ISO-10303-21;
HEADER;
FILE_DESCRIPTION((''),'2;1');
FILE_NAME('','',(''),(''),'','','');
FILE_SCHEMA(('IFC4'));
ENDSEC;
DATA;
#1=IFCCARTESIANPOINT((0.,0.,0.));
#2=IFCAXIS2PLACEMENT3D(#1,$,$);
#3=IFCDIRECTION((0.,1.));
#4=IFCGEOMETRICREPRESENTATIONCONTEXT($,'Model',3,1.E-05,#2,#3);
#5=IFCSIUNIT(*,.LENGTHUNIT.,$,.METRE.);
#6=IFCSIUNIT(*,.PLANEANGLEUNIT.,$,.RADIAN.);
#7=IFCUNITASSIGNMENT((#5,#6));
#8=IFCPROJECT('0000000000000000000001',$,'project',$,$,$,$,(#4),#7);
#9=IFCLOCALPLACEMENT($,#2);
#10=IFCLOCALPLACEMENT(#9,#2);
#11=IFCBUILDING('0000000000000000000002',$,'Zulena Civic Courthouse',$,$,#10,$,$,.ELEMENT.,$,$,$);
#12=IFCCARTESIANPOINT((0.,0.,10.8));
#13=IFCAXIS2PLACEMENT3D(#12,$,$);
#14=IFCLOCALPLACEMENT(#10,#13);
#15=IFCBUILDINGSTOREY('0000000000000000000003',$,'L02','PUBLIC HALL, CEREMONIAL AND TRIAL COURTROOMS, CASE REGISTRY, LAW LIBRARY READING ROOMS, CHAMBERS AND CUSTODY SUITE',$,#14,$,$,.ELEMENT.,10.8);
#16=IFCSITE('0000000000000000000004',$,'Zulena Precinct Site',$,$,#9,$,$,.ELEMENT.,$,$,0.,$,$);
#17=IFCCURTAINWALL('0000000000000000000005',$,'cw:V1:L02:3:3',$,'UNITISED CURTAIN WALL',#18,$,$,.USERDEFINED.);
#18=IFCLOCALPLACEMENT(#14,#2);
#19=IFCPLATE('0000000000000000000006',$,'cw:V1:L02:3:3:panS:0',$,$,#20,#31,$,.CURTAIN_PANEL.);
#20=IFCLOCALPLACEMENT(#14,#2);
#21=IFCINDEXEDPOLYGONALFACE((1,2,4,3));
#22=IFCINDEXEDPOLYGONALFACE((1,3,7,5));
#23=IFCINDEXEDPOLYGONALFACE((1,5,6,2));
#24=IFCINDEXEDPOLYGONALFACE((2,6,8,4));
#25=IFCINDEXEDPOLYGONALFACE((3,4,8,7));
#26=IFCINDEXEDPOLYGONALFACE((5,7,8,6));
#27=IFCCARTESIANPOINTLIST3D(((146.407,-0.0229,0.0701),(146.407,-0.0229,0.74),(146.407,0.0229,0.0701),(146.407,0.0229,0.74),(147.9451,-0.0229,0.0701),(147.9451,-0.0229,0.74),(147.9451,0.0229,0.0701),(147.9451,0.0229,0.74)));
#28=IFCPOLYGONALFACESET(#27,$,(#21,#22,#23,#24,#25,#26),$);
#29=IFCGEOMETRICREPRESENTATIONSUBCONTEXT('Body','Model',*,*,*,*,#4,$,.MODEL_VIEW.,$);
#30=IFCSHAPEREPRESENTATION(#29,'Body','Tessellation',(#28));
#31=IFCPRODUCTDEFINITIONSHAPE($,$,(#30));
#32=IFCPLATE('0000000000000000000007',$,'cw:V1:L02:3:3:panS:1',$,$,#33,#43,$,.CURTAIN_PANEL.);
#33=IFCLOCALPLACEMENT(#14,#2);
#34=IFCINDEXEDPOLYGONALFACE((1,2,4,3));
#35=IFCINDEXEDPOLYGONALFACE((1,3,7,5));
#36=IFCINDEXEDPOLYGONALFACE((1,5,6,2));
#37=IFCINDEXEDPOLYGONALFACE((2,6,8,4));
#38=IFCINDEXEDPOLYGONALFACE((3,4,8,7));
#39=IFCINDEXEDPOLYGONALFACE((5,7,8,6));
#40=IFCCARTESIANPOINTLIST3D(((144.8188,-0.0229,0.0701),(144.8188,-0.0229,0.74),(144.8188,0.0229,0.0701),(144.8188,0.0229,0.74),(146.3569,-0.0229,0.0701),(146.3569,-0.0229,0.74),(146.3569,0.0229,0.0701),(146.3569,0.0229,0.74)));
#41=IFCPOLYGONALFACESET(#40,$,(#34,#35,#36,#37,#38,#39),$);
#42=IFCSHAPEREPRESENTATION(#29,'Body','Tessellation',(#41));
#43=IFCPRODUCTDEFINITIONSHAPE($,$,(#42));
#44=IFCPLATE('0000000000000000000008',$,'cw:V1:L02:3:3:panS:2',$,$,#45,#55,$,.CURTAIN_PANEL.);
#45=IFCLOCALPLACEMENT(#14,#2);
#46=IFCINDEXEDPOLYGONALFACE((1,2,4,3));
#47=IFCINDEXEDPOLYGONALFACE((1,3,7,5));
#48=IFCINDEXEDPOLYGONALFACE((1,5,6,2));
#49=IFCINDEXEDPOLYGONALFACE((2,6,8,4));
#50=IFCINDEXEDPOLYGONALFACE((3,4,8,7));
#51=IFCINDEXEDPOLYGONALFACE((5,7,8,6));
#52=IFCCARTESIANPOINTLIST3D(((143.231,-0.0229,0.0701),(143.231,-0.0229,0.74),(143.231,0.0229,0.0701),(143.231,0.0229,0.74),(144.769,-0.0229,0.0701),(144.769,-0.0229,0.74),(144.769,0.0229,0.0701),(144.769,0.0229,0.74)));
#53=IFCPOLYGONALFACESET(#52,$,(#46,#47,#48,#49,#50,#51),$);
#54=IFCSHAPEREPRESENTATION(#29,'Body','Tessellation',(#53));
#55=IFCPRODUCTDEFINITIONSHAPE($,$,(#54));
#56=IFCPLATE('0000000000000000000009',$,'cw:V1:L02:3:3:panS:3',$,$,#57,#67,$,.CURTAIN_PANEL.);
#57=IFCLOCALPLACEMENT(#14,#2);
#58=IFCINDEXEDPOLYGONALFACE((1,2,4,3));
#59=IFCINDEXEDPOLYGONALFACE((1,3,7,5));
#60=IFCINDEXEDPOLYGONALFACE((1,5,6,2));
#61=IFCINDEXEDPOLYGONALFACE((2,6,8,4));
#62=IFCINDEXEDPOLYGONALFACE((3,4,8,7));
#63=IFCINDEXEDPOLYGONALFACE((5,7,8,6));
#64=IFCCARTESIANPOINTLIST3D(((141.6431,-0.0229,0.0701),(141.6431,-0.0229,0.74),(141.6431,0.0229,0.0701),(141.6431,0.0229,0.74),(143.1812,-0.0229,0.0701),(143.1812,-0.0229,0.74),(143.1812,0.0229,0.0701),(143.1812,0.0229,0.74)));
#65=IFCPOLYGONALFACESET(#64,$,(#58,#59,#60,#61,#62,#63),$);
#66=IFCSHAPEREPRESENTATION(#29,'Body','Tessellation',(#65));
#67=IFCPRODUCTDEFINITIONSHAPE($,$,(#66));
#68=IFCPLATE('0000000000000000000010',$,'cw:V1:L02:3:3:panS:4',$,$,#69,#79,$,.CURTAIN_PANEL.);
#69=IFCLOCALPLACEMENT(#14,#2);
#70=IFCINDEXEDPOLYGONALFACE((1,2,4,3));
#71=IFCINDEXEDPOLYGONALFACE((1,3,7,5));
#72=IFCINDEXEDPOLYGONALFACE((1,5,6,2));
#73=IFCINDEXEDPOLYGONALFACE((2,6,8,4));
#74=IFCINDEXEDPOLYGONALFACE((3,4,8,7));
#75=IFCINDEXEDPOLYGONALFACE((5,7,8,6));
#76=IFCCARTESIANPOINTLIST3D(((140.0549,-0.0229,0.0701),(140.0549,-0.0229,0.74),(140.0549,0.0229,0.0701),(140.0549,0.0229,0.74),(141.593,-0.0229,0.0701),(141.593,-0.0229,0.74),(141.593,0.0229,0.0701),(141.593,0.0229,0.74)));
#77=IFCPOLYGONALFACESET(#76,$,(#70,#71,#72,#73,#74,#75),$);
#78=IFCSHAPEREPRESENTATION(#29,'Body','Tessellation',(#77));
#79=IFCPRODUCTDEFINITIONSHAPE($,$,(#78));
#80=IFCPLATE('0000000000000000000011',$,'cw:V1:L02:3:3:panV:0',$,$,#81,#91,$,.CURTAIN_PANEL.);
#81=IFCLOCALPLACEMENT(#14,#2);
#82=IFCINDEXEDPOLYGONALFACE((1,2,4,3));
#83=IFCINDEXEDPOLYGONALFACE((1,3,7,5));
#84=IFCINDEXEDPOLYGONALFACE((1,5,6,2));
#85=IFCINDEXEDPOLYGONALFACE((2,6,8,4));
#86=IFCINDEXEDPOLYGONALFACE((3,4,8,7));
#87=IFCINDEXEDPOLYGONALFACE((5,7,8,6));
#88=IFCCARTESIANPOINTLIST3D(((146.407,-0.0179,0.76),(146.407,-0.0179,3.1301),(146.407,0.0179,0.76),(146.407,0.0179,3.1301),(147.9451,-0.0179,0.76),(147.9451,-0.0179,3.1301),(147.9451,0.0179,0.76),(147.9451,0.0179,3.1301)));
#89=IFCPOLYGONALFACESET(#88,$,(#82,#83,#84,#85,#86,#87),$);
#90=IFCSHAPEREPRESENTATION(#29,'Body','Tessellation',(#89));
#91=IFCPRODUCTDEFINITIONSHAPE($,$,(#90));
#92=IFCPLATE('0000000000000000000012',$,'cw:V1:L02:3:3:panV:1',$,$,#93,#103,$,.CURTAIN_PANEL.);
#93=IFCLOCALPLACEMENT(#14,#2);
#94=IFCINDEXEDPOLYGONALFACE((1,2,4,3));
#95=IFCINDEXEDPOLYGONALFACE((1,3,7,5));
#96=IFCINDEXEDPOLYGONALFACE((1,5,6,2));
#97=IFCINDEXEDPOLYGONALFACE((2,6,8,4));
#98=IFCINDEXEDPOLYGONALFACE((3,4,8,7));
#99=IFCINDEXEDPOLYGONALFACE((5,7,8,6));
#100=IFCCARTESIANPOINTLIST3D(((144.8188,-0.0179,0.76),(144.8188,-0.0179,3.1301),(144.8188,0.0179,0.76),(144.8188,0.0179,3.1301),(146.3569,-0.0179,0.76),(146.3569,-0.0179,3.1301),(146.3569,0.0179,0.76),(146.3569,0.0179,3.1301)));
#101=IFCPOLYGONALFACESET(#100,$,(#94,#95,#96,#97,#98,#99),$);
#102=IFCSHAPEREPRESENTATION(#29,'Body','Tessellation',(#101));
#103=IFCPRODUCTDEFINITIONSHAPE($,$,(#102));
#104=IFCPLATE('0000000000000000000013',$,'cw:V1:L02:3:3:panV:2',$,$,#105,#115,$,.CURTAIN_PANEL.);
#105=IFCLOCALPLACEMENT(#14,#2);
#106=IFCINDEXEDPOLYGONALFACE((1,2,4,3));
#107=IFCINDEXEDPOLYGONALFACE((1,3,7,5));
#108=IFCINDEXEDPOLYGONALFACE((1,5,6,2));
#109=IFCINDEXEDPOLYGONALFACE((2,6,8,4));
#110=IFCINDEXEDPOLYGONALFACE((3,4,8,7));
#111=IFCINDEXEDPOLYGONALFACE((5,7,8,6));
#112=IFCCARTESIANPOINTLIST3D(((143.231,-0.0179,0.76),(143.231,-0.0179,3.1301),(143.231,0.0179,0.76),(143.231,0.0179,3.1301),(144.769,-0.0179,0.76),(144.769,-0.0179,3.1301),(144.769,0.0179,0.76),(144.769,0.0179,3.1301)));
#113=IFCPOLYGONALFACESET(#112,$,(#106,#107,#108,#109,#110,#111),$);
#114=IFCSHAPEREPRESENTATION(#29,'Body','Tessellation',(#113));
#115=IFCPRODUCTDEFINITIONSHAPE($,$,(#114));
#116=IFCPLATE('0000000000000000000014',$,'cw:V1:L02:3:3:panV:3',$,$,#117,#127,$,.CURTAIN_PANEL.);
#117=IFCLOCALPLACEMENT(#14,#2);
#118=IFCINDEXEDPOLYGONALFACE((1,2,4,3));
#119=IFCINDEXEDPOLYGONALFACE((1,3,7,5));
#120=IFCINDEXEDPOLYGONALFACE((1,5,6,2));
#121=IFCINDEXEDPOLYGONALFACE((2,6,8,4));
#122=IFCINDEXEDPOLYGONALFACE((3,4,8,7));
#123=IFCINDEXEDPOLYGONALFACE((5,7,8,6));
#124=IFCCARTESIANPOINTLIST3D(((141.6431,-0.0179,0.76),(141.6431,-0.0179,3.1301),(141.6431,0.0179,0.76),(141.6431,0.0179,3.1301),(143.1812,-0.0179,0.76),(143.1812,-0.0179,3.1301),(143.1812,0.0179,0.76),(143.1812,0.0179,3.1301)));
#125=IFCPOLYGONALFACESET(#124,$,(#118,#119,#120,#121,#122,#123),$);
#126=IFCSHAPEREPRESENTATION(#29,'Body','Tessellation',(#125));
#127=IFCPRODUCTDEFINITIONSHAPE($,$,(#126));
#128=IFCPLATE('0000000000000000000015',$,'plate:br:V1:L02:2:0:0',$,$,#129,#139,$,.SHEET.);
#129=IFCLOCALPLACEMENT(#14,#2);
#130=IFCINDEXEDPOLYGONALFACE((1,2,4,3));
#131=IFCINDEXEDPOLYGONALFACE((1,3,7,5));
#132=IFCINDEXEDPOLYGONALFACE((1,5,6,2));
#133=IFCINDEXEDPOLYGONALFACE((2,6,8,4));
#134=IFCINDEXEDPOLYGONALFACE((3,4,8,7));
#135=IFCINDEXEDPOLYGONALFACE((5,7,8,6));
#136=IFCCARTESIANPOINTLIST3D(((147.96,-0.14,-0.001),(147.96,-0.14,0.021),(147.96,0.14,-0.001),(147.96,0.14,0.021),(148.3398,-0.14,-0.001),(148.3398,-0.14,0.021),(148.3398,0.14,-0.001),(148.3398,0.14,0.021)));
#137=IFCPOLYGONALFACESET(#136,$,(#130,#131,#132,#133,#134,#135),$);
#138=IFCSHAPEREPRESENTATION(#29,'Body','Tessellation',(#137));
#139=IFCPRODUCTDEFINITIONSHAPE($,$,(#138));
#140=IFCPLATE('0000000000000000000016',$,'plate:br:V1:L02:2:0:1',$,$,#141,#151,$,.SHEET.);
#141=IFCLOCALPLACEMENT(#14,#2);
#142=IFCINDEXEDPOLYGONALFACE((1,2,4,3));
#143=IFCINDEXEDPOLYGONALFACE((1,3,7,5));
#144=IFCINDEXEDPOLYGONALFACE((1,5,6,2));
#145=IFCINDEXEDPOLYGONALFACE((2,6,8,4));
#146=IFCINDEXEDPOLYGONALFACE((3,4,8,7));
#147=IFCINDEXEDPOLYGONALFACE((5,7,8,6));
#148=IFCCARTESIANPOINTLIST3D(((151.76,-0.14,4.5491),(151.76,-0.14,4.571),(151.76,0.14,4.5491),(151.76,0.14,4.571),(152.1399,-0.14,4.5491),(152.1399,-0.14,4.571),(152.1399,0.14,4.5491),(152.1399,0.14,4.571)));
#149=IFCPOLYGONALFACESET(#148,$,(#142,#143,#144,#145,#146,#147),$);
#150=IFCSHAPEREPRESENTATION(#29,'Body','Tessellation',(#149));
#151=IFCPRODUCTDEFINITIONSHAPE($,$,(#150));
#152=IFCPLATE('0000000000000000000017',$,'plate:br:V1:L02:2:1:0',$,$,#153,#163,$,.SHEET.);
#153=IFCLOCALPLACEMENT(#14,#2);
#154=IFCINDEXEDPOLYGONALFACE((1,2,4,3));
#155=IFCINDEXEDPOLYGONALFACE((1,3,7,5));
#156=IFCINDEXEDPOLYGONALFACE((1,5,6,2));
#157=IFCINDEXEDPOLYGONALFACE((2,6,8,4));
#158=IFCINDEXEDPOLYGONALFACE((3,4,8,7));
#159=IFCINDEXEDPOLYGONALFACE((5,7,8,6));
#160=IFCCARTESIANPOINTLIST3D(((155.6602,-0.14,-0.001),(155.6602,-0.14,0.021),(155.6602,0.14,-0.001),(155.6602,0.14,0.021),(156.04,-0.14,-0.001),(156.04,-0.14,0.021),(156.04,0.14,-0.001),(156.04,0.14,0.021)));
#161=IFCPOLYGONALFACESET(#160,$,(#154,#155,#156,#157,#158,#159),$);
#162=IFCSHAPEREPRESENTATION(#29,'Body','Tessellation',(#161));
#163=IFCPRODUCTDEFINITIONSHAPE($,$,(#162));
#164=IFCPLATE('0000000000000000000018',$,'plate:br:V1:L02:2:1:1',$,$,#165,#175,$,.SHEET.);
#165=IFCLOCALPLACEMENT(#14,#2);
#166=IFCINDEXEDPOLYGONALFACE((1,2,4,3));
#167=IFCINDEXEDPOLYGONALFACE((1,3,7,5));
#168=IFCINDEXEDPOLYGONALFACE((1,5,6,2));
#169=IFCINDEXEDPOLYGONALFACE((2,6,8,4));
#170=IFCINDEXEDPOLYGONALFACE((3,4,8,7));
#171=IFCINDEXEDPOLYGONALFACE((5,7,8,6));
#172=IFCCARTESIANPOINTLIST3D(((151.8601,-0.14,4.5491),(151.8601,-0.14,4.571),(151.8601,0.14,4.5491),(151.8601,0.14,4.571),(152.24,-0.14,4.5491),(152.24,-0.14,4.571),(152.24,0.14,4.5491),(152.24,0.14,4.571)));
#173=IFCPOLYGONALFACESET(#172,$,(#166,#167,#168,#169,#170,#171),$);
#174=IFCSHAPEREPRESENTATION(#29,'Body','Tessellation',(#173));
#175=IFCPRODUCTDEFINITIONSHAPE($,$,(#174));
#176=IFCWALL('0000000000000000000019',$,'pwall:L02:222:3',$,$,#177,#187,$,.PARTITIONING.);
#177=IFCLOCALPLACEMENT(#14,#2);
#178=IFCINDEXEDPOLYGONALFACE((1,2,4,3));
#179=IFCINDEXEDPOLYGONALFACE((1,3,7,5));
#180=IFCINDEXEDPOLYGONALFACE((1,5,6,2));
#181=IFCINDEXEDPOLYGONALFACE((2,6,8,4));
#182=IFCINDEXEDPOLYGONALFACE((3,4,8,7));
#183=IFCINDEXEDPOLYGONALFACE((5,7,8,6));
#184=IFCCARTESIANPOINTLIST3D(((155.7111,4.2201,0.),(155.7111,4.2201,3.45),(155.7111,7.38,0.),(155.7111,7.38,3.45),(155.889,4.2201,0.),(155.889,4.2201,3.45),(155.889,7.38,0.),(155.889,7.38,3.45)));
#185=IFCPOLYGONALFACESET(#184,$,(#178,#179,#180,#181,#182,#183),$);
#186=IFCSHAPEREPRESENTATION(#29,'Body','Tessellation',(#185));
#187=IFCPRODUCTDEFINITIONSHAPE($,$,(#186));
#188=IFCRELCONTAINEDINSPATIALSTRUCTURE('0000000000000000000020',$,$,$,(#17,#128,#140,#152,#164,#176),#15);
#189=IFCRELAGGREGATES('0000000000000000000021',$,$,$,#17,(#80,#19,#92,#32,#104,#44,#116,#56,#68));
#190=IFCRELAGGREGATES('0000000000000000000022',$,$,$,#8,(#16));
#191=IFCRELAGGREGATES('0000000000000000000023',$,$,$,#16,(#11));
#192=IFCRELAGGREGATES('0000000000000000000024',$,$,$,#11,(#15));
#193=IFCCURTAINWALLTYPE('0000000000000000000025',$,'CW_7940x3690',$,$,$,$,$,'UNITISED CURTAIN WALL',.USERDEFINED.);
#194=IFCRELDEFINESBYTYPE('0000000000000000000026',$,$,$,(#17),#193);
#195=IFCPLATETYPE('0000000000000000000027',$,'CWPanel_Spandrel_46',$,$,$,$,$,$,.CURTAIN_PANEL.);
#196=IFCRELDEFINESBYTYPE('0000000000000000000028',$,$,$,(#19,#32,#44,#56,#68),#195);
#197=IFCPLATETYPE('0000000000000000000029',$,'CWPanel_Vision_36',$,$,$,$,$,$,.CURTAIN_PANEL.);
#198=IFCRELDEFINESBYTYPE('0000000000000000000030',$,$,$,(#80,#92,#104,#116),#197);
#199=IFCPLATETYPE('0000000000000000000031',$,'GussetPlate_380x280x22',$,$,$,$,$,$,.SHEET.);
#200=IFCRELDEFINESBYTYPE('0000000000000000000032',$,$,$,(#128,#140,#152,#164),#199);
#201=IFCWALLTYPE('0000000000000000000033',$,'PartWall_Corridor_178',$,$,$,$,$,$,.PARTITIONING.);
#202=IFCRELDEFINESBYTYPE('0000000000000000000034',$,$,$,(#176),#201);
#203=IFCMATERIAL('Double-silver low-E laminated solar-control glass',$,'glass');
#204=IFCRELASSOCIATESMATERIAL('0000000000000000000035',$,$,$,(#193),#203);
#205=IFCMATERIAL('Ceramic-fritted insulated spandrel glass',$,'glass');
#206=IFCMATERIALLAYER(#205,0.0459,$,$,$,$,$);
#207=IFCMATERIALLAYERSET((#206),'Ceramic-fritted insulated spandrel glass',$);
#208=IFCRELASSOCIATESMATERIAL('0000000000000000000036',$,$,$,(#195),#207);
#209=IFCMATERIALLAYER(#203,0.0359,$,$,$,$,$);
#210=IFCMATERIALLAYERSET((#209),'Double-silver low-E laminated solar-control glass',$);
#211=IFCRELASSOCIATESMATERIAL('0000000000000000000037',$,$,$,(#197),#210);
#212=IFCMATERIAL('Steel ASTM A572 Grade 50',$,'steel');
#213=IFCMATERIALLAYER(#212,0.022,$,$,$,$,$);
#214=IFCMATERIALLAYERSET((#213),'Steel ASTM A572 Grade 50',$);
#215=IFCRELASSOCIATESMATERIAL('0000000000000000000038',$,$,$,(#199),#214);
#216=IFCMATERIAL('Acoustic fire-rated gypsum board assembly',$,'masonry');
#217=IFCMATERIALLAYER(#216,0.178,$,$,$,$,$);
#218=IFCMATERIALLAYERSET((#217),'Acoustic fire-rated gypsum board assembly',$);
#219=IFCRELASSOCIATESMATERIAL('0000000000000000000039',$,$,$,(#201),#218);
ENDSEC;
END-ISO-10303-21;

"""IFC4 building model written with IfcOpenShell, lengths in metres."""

from ifc_helpers import new_model, si_unit, direction, frame, frame_2d, origin, origin_2d, place, context, subcontext, project, spatial, rectangle, extrude, material, layer, layer_set, type_object, element, aggregate, save


model = new_model("IFC4")

# Units and contexts
model_context = context("Model", 3, precision=1e-05, world=origin(), true_north=direction((0.0, 1.0)))
body_context = subcontext(model_context, "Body", "Model", "MODEL_VIEW")
ifc_project = project(units=[si_unit("LENGTHUNIT", "METRE"), si_unit("PLANEANGLEUNIT", "RADIAN")], contexts=[model_context])

# Site, building, storey
site_placement = place(None, origin())
site = spatial("IfcSite", under=ifc_project, at=site_placement, Name="Zulena Precinct Site", CompositionType="ELEMENT", RefElevation=0.0)
building_placement = place(site_placement, origin())
building = spatial("IfcBuilding", under=site, at=building_placement, Name="Zulena Civic Courthouse", CompositionType="ELEMENT")
storey_placement = place(building_placement, frame((0.0, 0.0, 10.8)))
storey = spatial("IfcBuildingStorey", under=building, at=storey_placement, Name="L02", Description="PUBLIC HALL, CEREMONIAL AND TRIAL COURTROOMS, CASE REGISTRY, LAW LIBRARY READING ROOMS, CHAMBERS AND CUSTODY SUITE", CompositionType="ELEMENT", Elevation=10.8)

# Curtain wall
ifc_material_1 = material(Name="Double-silver low-E laminated solar-control glass", Category="glass")
curtain_wall_type = type_object("IfcCurtainWallType", Name="CW_7940x3690", ElementType="UNITISED CURTAIN WALL", PredefinedType="USERDEFINED", material=ifc_material_1)
curtain_wall_placement = place(storey_placement, origin())
curtain_wall = element("IfcCurtainWall", 1, at=curtain_wall_placement, inside=storey, type_object=curtain_wall_type, Name="cw:V1:L02:3:3", ObjectType="UNITISED CURTAIN WALL", PredefinedType="USERDEFINED")

# Plates
ifc_material_2 = material(Name="Ceramic-fritted insulated spandrel glass", Category="glass")
ifc_layer_1 = layer(ifc_material_2, 0.0459)
ifc_layer_set_1 = layer_set([ifc_layer_1], Name="Ceramic-fritted insulated spandrel glass")
plate_type_1 = type_object("IfcPlateType", Name="CWPanel_Spandrel_46", PredefinedType="CURTAIN_PANEL", material=ifc_layer_set_1)
plate_1_placement = place(storey_placement, frame((147.176, 0.0, 0.0701), z_axis=(0.0, 0.0, 1.0), x_axis=(-1.0, 0.0, 0.0)))
plate_1 = element("IfcPlate", 2, at=plate_1_placement, type_object=plate_type_1, Name="cw:V1:L02:3:3:panS:0", PredefinedType="CURTAIN_PANEL", context=body_context, shape_type="SweptSolid", body=[
    extrude(rectangle(XDim=1.5381, YDim=0.0459, at=origin_2d()), origin(), (0.0, 0.0, 1.0), 0.6699),
])
plate_2_placement = place(storey_placement, frame((145.5879, 0.0, 0.0701), z_axis=(0.0, 0.0, 1.0), x_axis=(-1.0, 0.0, 0.0)))
plate_2 = element("IfcPlate", 3, at=plate_2_placement, type_object=plate_type_1, Name="cw:V1:L02:3:3:panS:1", PredefinedType="CURTAIN_PANEL", context=body_context, shape_type="SweptSolid", body=[
    extrude(rectangle(XDim=1.5381, YDim=0.0459, at=origin_2d()), origin(), (0.0, 0.0, 1.0), 0.6699),
])
plate_3_placement = place(storey_placement, frame((144.0, 0.0, 0.0701), z_axis=(0.0, 0.0, 1.0), x_axis=(-1.0, 0.0, 0.0)))
plate_3 = element("IfcPlate", 4, at=plate_3_placement, type_object=plate_type_1, Name="cw:V1:L02:3:3:panS:2", PredefinedType="CURTAIN_PANEL", context=body_context, shape_type="SweptSolid", body=[
    extrude(rectangle(XDim=1.5381, YDim=0.0459, at=origin_2d()), origin(), (0.0, 0.0, 1.0), 0.6699),
])
plate_4_placement = place(storey_placement, frame((142.4121, 0.0, 0.0701), z_axis=(0.0, 0.0, 1.0), x_axis=(-1.0, 0.0, 0.0)))
plate_4 = element("IfcPlate", 5, at=plate_4_placement, type_object=plate_type_1, Name="cw:V1:L02:3:3:panS:3", PredefinedType="CURTAIN_PANEL", context=body_context, shape_type="SweptSolid", body=[
    extrude(rectangle(XDim=1.5381, YDim=0.0459, at=origin_2d()), origin(), (0.0, 0.0, 1.0), 0.6699),
])
plate_5_placement = place(storey_placement, frame((140.824, 0.0, 0.0701), z_axis=(0.0, 0.0, 1.0), x_axis=(-1.0, 0.0, 0.0)))
plate_5 = element("IfcPlate", 6, at=plate_5_placement, type_object=plate_type_1, Name="cw:V1:L02:3:3:panS:4", PredefinedType="CURTAIN_PANEL", context=body_context, shape_type="SweptSolid", body=[
    extrude(rectangle(XDim=1.5381, YDim=0.0459, at=origin_2d()), origin(), (0.0, 0.0, 1.0), 0.6699),
])
ifc_layer_2 = layer(ifc_material_1, 0.0359)
ifc_layer_set_2 = layer_set([ifc_layer_2], Name="Double-silver low-E laminated solar-control glass")
plate_type_2 = type_object("IfcPlateType", Name="CWPanel_Vision_36", PredefinedType="CURTAIN_PANEL", material=ifc_layer_set_2)
plate_6_placement = place(storey_placement, frame((147.176, 0.0, 0.76), z_axis=(0.0, 0.0, 1.0), x_axis=(-1.0, 0.0, 0.0)))
plate_6 = element("IfcPlate", 7, at=plate_6_placement, type_object=plate_type_2, Name="cw:V1:L02:3:3:panV:0", PredefinedType="CURTAIN_PANEL", context=body_context, shape_type="SweptSolid", body=[
    extrude(rectangle(XDim=1.5381, YDim=0.0359, at=origin_2d()), origin(), (0.0, 0.0, 1.0), 2.3701),
])
plate_7_placement = place(storey_placement, frame((145.5879, 0.0, 0.76), z_axis=(0.0, 0.0, 1.0), x_axis=(-1.0, 0.0, 0.0)))
plate_7 = element("IfcPlate", 8, at=plate_7_placement, type_object=plate_type_2, Name="cw:V1:L02:3:3:panV:1", PredefinedType="CURTAIN_PANEL", context=body_context, shape_type="SweptSolid", body=[
    extrude(rectangle(XDim=1.5381, YDim=0.0359, at=origin_2d()), origin(), (0.0, 0.0, 1.0), 2.3701),
])
plate_8_placement = place(storey_placement, frame((144.0, 0.0, 0.76), z_axis=(0.0, 0.0, 1.0), x_axis=(-1.0, 0.0, 0.0)))
plate_8 = element("IfcPlate", 9, at=plate_8_placement, type_object=plate_type_2, Name="cw:V1:L02:3:3:panV:2", PredefinedType="CURTAIN_PANEL", context=body_context, shape_type="SweptSolid", body=[
    extrude(rectangle(XDim=1.5381, YDim=0.0359, at=origin_2d()), origin(), (0.0, 0.0, 1.0), 2.3701),
])
plate_9_placement = place(storey_placement, frame((142.4121, 0.0, 0.76), z_axis=(0.0, 0.0, 1.0), x_axis=(-1.0, 0.0, 0.0)))
plate_9 = element("IfcPlate", 10, at=plate_9_placement, type_object=plate_type_2, Name="cw:V1:L02:3:3:panV:3", PredefinedType="CURTAIN_PANEL", context=body_context, shape_type="SweptSolid", body=[
    extrude(rectangle(XDim=1.5381, YDim=0.0359, at=origin_2d()), origin(), (0.0, 0.0, 1.0), 2.3701),
])
aggregate(curtain_wall, [plate_6, plate_1, plate_7, plate_2, plate_8, plate_3, plate_9, plate_4, plate_5])

# Plates
ifc_material_3 = material(Name="Steel ASTM A572 Grade 50", Category="steel")
ifc_layer_3 = layer(ifc_material_3, 0.022)
ifc_layer_set_3 = layer_set([ifc_layer_3], Name="Steel ASTM A572 Grade 50")
plate_type_3 = type_object("IfcPlateType", Name="GussetPlate_380x280x22", PredefinedType="SHEET", material=ifc_layer_set_3)
for number, where, z_axis, x_axis, name in (
    (11, (148.1499, 0.0, -0.001), (0.0, 0.0, 1.0), (1.0, 0.0, 0.0), "plate:br:V1:L02:2:0:0"),
    (12, (151.95, 0.0, 4.5491), (0.0, 0.0, 1.0), (1.0, 0.0, 0.0), "plate:br:V1:L02:2:0:1"),
    (13, (155.8501, 0.0, -0.001), (0.0, 0.0, 1.0), (1.0, 0.0, 0.0), "plate:br:V1:L02:2:1:0"),
    (14, (152.05, 0.0, 4.5491), (0.0, 0.0, 1.0), (1.0, 0.0, 0.0), "plate:br:V1:L02:2:1:1"),
):
    element("IfcPlate", number, at=place(storey_placement, frame(where, z_axis=z_axis, x_axis=x_axis)), inside=storey, type_object=plate_type_3, Name=name, PredefinedType="SHEET", context=body_context, shape_type="SweptSolid", body=[
        extrude(rectangle(XDim=0.3799, YDim=0.28, at=origin_2d()), origin(), (0.0, 0.0, 1.0), 0.022),
    ])

# Wall
ifc_material_4 = material(Name="Acoustic fire-rated gypsum board assembly", Category="masonry")
ifc_layer_4 = layer(ifc_material_4, 0.178)
ifc_layer_set_4 = layer_set([ifc_layer_4], Name="Acoustic fire-rated gypsum board assembly")
wall_type = type_object("IfcWallType", Name="PartWall_Corridor_178", PredefinedType="PARTITIONING", material=ifc_layer_set_4)
wall_placement = place(storey_placement, frame((155.8, 4.22, 0.0), z_axis=(0.0, 0.0, 1.0), x_axis=(0.0, 1.0, 0.0)))
element("IfcWall", 15, at=wall_placement, inside=storey, type_object=wall_type, Name="pwall:L02:222:3", PredefinedType="PARTITIONING", context=body_context, shape_type="SweptSolid", body=[
    extrude(rectangle(XDim=3.1599, YDim=0.178, at=frame_2d((1.5801, 0.0))), origin(), (0.0, 0.0, 1.0), 3.45),
])

save(model, "model.ifc")
